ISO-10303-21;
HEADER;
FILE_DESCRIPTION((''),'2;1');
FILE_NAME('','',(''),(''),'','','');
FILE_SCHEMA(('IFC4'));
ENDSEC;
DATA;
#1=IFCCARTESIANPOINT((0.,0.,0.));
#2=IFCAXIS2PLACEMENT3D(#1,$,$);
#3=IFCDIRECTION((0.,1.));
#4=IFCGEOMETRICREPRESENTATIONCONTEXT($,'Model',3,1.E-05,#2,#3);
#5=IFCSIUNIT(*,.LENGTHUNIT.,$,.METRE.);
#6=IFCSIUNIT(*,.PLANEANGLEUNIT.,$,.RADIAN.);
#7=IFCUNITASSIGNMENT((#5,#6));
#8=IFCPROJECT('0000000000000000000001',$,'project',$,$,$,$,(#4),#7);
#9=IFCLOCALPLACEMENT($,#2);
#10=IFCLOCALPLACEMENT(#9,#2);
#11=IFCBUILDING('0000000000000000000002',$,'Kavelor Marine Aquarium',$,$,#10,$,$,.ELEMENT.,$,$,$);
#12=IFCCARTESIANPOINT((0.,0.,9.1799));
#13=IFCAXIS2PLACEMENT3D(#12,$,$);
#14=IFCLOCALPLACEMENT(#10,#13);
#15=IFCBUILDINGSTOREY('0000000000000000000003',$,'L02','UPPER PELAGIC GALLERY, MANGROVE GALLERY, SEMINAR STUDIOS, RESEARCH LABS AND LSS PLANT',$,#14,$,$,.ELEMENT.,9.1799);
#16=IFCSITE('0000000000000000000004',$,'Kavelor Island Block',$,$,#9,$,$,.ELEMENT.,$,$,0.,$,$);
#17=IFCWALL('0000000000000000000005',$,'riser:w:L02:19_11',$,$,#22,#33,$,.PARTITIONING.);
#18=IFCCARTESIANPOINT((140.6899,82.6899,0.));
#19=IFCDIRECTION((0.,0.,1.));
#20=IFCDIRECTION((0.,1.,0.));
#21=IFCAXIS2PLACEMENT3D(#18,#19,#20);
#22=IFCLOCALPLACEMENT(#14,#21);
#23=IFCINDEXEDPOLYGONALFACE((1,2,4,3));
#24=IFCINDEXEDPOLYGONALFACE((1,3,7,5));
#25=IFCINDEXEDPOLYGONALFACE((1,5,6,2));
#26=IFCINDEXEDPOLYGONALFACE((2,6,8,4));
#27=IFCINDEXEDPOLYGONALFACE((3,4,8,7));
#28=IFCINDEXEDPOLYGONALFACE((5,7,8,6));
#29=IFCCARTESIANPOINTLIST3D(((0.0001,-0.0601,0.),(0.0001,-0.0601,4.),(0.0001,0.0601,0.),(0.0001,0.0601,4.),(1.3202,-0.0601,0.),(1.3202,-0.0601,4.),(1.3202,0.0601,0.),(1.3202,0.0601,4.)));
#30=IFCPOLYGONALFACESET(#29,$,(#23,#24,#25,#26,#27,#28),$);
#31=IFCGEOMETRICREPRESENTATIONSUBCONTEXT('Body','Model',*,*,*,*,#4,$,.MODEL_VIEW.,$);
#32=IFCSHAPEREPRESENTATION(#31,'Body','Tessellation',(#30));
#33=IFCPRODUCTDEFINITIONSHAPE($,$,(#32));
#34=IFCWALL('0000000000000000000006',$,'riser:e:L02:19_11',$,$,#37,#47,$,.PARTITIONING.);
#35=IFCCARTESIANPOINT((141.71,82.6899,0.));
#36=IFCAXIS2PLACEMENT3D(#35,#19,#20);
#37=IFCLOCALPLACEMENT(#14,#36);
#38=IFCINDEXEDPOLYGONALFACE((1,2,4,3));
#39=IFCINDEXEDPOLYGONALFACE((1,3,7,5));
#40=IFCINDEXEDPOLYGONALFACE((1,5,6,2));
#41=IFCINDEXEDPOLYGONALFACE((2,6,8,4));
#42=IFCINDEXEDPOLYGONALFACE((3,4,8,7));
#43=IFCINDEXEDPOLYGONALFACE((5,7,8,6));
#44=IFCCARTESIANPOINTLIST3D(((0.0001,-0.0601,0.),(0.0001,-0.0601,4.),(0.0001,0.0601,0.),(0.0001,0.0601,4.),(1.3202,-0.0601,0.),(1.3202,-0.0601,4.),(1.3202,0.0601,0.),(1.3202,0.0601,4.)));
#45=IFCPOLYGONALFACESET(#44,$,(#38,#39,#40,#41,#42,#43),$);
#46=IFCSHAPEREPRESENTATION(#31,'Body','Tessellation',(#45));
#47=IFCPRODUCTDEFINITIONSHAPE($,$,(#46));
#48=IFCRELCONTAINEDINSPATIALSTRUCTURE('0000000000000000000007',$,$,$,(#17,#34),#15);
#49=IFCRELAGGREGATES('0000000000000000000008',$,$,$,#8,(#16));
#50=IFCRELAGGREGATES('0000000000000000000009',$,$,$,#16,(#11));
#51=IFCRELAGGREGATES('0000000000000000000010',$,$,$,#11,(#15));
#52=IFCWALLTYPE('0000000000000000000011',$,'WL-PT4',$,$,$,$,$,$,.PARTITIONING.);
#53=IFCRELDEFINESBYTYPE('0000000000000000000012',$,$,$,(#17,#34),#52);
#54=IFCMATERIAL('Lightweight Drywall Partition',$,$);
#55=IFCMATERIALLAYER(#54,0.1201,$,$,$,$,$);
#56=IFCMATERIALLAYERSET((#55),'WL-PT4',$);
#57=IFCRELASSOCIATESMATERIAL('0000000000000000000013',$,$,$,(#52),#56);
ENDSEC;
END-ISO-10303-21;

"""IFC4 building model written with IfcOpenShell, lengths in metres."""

from ifc_helpers import new_model, si_unit, direction, frame, frame_2d, origin, place, context, subcontext, project, spatial, rectangle, extrude, material, layer, layer_set, type_object, element, save


model = new_model("IFC4")

# Units and contexts
model_context = context("Model", 3, precision=1e-05, world=origin(), true_north=direction((0.0, 1.0)))
body_context = subcontext(model_context, "Body", "Model", "MODEL_VIEW")
ifc_project = project(units=[si_unit("LENGTHUNIT", "METRE"), si_unit("PLANEANGLEUNIT", "RADIAN")], contexts=[model_context])

# Site, building, storey
site_placement = place(None, origin())
site = spatial("IfcSite", under=ifc_project, at=site_placement, Name="Kavelor Island Block", CompositionType="ELEMENT", RefElevation=0.0)
building_placement = place(site_placement, origin())
building = spatial("IfcBuilding", under=site, at=building_placement, Name="Kavelor Marine Aquarium", CompositionType="ELEMENT")
storey_placement = place(building_placement, frame((0.0, 0.0, 9.1799)))
storey = spatial("IfcBuildingStorey", under=building, at=storey_placement, Name="L02", Description="UPPER PELAGIC GALLERY, MANGROVE GALLERY, SEMINAR STUDIOS, RESEARCH LABS AND LSS PLANT", CompositionType="ELEMENT", Elevation=9.1799)

# Walls
ifc_material_1 = material(Name="Lightweight Drywall Partition")
ifc_layer_1 = layer(ifc_material_1, 0.1201)
ifc_layer_set_1 = layer_set([ifc_layer_1], Name="WL-PT4")
wall_type_1 = type_object("IfcWallType", Name="WL-PT4", PredefinedType="PARTITIONING", material=ifc_layer_set_1)
for number, where, z_axis, x_axis, name in (
    (1, (140.6899, 82.6899, 0.0), (0.0, 0.0, 1.0), (0.0, 1.0, 0.0), "riser:w:L02:19_11"),
    (2, (141.71, 82.6899, 0.0), (0.0, 0.0, 1.0), (0.0, 1.0, 0.0), "riser:e:L02:19_11"),
):
    element("IfcWall", number, at=place(storey_placement, frame(where, z_axis=z_axis, x_axis=x_axis)), inside=storey, type_object=wall_type_1, Name=name, PredefinedType="PARTITIONING", context=body_context, shape_type="SweptSolid", body=[
        extrude(rectangle(XDim=1.3201, YDim=0.1201, at=frame_2d((0.6602, 0.0))), origin(), (0.0, 0.0, 1.0), 4.0),
    ])

save(model, "model.ifc")
